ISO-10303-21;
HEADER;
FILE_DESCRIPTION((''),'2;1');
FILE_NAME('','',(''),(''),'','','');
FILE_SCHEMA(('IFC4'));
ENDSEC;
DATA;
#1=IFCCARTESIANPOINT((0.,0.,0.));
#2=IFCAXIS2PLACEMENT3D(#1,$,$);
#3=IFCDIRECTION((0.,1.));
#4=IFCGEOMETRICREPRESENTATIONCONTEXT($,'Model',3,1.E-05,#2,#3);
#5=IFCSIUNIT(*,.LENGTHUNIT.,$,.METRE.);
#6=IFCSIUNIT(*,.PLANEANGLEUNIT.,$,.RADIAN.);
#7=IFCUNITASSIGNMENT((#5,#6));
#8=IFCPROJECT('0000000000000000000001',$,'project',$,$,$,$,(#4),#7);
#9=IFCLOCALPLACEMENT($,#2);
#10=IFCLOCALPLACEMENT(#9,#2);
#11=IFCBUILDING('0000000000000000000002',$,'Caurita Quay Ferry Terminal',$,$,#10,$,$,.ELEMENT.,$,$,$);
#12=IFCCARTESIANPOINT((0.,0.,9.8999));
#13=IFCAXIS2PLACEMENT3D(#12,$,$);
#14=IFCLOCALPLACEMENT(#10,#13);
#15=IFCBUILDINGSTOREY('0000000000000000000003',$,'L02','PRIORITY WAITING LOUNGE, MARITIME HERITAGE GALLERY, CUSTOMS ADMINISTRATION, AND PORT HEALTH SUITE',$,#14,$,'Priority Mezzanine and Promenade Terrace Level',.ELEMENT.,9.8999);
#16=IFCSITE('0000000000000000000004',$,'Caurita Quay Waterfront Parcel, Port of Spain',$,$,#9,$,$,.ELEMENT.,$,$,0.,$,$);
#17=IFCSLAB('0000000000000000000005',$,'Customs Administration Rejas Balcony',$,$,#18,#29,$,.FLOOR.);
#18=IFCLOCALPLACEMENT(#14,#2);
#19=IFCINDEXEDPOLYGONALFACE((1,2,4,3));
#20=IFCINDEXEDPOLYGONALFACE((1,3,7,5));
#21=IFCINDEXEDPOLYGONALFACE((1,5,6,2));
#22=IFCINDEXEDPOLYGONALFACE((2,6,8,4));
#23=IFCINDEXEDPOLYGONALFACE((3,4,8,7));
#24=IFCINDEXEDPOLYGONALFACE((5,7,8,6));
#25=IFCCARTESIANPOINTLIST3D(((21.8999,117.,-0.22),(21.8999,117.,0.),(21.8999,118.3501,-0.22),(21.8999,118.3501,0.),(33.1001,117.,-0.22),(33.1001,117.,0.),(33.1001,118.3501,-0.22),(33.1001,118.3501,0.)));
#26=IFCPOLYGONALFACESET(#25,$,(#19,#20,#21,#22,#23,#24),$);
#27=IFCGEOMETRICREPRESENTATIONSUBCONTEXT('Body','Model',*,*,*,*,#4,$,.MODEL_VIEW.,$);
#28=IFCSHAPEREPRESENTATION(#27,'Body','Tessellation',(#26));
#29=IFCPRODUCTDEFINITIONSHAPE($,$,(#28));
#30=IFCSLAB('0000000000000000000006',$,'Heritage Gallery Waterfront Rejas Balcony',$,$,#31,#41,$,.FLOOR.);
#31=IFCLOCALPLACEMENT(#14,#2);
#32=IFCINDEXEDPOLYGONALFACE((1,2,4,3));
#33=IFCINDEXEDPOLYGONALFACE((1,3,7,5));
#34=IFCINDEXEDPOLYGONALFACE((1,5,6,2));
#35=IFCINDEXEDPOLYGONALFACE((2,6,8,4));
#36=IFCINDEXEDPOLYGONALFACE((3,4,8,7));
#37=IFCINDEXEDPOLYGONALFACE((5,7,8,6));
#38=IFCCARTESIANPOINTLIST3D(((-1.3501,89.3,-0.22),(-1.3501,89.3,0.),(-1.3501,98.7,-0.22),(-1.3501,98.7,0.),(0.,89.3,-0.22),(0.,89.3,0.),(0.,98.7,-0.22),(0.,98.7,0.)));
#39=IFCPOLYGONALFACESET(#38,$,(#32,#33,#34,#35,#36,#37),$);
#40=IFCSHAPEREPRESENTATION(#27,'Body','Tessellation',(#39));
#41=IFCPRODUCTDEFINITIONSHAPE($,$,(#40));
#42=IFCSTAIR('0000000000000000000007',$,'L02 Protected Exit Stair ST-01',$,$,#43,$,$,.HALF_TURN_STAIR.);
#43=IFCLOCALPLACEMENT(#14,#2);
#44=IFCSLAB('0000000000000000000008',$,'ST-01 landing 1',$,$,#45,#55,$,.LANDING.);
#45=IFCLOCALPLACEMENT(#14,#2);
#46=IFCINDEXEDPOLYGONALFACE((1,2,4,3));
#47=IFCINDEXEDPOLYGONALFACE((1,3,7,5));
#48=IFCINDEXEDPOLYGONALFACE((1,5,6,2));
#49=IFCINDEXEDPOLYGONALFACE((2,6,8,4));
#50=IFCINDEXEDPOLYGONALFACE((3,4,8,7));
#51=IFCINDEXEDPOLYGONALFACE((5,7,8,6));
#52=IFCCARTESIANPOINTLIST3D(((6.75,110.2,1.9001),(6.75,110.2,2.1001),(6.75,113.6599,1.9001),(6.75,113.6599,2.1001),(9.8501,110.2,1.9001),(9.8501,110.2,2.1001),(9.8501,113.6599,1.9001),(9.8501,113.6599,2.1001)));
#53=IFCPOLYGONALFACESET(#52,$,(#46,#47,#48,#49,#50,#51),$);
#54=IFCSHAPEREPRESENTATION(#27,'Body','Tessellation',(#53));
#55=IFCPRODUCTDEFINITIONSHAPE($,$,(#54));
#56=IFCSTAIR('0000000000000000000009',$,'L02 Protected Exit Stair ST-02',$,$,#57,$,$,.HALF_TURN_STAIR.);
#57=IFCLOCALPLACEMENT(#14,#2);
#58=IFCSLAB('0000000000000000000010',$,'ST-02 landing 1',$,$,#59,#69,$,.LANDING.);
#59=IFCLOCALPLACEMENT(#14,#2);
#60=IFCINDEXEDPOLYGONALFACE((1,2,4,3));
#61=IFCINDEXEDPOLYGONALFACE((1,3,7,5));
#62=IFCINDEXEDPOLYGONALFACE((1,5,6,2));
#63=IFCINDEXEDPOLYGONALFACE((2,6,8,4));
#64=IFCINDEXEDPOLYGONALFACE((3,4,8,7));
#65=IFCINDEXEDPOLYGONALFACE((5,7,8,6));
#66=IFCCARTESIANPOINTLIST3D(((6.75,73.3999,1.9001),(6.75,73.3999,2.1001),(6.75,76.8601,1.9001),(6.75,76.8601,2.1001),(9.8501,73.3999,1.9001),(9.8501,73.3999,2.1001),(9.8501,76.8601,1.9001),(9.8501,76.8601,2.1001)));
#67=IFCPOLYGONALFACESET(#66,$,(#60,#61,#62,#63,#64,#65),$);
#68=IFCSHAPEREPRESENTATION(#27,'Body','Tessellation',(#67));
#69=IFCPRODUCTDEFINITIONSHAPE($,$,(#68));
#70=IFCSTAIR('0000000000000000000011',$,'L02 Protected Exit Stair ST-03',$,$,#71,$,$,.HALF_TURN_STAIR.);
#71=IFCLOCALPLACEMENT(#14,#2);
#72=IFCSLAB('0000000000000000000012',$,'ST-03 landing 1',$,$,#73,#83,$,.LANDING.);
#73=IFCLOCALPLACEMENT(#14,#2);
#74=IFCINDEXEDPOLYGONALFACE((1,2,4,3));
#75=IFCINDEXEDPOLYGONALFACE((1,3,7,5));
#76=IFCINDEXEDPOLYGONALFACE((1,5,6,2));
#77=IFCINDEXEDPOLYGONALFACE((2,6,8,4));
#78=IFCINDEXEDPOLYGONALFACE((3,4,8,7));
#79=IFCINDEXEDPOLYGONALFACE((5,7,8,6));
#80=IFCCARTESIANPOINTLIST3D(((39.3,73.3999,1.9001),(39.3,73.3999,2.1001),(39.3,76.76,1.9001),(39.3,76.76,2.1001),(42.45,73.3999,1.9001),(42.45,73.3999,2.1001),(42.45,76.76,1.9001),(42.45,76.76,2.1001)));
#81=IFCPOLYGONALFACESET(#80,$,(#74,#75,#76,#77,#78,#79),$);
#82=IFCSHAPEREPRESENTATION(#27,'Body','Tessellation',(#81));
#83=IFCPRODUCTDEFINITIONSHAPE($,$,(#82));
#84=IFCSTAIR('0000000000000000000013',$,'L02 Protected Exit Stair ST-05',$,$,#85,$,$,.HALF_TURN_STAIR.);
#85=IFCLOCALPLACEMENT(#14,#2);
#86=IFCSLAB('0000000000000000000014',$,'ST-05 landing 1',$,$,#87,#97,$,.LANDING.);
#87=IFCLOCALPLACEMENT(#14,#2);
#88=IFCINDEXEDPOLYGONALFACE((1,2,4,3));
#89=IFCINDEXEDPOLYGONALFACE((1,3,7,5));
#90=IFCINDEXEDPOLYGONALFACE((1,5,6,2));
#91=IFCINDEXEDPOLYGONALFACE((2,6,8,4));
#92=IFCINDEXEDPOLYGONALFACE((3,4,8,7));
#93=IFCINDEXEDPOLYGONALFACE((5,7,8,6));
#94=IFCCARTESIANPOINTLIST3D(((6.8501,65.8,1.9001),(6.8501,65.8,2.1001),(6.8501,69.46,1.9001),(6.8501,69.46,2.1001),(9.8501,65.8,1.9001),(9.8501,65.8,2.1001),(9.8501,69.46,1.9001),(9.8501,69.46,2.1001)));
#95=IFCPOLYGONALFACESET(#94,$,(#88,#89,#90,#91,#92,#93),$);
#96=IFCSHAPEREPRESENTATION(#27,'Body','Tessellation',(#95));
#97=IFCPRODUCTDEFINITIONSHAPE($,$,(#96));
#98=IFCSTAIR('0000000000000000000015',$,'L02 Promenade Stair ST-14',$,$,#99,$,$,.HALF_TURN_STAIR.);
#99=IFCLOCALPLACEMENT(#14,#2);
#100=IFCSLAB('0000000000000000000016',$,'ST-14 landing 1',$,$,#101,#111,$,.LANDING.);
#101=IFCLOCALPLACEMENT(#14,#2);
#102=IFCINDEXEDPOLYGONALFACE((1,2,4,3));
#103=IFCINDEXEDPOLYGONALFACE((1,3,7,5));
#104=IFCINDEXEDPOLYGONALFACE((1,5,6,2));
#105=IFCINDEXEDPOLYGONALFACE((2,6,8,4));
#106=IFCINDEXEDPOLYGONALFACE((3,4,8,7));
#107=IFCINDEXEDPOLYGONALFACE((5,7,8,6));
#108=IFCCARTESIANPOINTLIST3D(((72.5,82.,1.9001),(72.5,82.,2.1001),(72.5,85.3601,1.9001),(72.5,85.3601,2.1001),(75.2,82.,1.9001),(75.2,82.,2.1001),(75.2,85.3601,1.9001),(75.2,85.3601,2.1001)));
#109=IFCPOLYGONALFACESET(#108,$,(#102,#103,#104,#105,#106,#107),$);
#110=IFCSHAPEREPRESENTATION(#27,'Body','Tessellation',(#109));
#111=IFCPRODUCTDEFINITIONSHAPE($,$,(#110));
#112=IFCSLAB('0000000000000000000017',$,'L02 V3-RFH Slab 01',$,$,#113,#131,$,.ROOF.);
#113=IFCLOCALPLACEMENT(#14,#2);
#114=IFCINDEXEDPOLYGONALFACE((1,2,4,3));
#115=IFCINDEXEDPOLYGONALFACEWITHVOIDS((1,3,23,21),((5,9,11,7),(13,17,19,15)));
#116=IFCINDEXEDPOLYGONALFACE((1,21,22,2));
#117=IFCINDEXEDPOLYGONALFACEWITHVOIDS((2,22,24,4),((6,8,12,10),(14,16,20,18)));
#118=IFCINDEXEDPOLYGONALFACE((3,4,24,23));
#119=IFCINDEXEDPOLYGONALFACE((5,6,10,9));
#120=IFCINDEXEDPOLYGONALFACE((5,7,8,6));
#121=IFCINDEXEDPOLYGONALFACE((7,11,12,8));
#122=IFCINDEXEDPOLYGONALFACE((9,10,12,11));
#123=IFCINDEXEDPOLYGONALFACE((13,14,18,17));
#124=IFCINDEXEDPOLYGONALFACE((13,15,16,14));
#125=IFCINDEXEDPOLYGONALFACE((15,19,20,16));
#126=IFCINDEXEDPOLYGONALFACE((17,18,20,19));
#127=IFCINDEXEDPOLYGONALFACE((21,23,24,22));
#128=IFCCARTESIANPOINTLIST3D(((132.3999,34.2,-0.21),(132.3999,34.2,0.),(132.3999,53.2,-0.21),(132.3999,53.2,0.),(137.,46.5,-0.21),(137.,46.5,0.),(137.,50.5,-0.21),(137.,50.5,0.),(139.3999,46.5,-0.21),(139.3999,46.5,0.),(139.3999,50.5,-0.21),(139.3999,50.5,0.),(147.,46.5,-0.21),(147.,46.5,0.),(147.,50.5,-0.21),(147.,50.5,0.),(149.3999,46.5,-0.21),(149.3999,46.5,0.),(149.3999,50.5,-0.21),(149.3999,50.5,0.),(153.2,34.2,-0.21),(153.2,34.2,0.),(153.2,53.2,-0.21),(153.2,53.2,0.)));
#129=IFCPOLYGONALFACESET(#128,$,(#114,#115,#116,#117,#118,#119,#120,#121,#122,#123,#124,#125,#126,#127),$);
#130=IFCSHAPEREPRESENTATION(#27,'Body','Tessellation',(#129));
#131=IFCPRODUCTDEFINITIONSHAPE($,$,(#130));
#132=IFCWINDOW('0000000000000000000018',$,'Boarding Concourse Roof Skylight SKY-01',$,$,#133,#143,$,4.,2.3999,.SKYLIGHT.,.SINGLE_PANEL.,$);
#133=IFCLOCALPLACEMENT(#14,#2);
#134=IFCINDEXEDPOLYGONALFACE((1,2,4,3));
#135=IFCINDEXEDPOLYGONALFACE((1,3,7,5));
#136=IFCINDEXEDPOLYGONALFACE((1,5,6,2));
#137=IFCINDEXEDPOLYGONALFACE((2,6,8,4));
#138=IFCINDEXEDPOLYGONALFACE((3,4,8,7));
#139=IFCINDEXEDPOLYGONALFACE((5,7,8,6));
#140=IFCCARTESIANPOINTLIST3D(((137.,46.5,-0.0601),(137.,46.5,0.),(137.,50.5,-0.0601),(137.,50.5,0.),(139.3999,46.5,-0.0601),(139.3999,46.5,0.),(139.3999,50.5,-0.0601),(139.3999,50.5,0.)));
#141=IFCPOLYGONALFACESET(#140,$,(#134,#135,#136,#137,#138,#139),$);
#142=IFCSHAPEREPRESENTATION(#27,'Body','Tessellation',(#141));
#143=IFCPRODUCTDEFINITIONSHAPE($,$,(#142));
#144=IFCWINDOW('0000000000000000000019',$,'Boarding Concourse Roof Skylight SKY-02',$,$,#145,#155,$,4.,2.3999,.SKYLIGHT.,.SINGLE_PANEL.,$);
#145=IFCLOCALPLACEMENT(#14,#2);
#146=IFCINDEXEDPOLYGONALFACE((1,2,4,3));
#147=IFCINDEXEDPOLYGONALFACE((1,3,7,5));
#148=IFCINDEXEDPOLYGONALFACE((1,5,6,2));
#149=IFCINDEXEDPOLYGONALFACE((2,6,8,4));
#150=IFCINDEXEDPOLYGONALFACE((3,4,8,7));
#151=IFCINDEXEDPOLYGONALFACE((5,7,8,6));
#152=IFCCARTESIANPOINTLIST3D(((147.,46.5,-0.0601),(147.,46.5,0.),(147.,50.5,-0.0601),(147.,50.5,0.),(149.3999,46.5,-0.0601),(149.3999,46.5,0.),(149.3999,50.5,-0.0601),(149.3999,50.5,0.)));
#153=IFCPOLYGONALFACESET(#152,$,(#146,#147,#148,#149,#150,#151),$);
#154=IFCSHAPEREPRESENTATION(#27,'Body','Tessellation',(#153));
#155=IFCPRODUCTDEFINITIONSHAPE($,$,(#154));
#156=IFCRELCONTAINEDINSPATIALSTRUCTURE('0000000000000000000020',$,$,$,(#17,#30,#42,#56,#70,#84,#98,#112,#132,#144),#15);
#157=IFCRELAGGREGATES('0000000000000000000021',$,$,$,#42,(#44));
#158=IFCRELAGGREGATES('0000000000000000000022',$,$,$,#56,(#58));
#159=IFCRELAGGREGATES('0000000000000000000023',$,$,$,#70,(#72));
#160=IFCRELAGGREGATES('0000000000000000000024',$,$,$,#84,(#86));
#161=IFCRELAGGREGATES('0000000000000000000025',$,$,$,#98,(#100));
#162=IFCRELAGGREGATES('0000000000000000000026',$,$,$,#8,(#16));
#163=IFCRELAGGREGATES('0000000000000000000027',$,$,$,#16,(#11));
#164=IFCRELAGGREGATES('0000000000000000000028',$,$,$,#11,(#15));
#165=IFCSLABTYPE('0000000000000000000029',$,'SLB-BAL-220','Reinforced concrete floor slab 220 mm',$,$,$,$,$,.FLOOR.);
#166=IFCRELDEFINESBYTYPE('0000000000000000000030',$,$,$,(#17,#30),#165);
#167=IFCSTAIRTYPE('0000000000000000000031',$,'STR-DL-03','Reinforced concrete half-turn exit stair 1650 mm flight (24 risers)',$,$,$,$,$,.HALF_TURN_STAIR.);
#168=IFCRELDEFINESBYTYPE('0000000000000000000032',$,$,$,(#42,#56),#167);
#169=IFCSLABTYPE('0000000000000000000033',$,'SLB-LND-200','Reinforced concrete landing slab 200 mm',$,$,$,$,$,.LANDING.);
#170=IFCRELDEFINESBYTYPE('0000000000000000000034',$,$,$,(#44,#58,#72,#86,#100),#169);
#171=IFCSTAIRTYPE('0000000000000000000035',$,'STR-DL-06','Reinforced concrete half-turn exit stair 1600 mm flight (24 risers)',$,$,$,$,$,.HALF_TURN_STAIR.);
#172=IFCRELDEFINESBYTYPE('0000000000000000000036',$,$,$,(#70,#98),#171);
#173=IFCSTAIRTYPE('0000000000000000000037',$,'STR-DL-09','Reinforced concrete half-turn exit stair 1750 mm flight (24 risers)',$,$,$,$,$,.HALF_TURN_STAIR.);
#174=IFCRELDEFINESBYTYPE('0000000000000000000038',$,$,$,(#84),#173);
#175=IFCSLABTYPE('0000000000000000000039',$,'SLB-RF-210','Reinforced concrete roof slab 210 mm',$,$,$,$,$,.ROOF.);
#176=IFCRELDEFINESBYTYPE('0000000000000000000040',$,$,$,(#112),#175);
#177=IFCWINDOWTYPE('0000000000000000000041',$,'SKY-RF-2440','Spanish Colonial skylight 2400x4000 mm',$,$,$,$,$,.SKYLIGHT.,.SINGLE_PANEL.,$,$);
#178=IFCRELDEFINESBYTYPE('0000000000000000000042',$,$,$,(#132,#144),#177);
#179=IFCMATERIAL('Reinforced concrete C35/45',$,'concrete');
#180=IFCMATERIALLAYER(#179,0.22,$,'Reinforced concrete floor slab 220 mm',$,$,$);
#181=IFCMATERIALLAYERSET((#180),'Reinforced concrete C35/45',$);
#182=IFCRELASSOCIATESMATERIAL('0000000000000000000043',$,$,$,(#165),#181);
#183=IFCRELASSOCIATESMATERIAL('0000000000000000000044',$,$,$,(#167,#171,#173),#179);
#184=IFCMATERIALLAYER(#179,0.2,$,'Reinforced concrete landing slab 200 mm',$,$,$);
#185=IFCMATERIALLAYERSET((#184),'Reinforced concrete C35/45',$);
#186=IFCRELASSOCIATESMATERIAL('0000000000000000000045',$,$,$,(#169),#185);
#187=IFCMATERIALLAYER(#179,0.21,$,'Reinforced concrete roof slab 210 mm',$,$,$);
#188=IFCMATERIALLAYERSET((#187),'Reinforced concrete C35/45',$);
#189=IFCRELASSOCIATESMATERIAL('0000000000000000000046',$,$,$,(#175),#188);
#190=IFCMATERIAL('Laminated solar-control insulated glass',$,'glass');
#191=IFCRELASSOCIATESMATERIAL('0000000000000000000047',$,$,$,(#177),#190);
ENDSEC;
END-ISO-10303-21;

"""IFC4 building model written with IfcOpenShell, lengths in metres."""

from ifc_helpers import new_model, si_unit, direction, frame, origin, origin_2d, place, context, subcontext, project, spatial, polyline, rectangle, outline, extrude, material, layer, layer_set, type_object, element, fill, aggregate, save


model = new_model("IFC4")

# Units and contexts
model_context = context("Model", 3, precision=1e-05, world=origin(), true_north=direction((0.0, 1.0)))
body_context = subcontext(model_context, "Body", "Model", "MODEL_VIEW")
ifc_project = project(units=[si_unit("LENGTHUNIT", "METRE"), si_unit("PLANEANGLEUNIT", "RADIAN")], contexts=[model_context])

# Site, building, storey
site_placement = place(None, origin())
site = spatial("IfcSite", under=ifc_project, at=site_placement, Name="Caurita Quay Waterfront Parcel, Port of Spain", CompositionType="ELEMENT", RefElevation=0.0)
building_placement = place(site_placement, origin())
building = spatial("IfcBuilding", under=site, at=building_placement, Name="Caurita Quay Ferry Terminal", CompositionType="ELEMENT")
storey_placement = place(building_placement, frame((0.0, 0.0, 9.8999)))
storey = spatial("IfcBuildingStorey", under=building, at=storey_placement, Name="L02", Description="PRIORITY WAITING LOUNGE, MARITIME HERITAGE GALLERY, CUSTOMS ADMINISTRATION, AND PORT HEALTH SUITE", LongName="Priority Mezzanine and Promenade Terrace Level", CompositionType="ELEMENT", Elevation=9.8999)

# Slabs
ifc_material_1 = material(Name="Reinforced concrete C35/45", Category="concrete")
ifc_layer_1 = layer(ifc_material_1, 0.22, Name="Reinforced concrete floor slab 220 mm")
ifc_layer_set_1 = layer_set([ifc_layer_1], Name="Reinforced concrete C35/45")
slab_type_1 = type_object("IfcSlabType", Name="SLB-BAL-220", Description="Reinforced concrete floor slab 220 mm", PredefinedType="FLOOR", material=ifc_layer_set_1)
slab_1_placement = place(storey_placement, frame((0.0, 0.0, -0.22)))
element("IfcSlab", 1, at=slab_1_placement, inside=storey, type_object=slab_type_1, Name="Customs Administration Rejas Balcony", PredefinedType="FLOOR", context=body_context, shape_type="SweptSolid", body=[
    extrude(outline(polyline([(21.8999, 117.0), (33.1001, 117.0), (33.1001, 118.3501), (21.8999, 118.3501), (21.8999, 117.0)])), origin(), (0.0, 0.0, 1.0), 0.22),
])
slab_2_placement = place(storey_placement, frame((0.0, 0.0, -0.22)))
element("IfcSlab", 2, at=slab_2_placement, inside=storey, type_object=slab_type_1, Name="Heritage Gallery Waterfront Rejas Balcony", PredefinedType="FLOOR", context=body_context, shape_type="SweptSolid", body=[
    extrude(outline(polyline([(-1.3501, 89.3), (0.0, 89.3), (0.0, 98.7), (-1.3501, 98.7), (-1.3501, 89.3)])), origin(), (0.0, 0.0, 1.0), 0.22),
])

# Stairs, slabs
stair_type_1 = type_object("IfcStairType", Name="STR-DL-03", Description="Reinforced concrete half-turn exit stair 1650 mm flight (24 risers)", PredefinedType="HALF_TURN_STAIR", material=ifc_material_1)
stair_1_placement = place(storey_placement, origin())
stair_1 = element("IfcStair", 3, at=stair_1_placement, inside=storey, type_object=stair_type_1, Name="L02 Protected Exit Stair ST-01", PredefinedType="HALF_TURN_STAIR")
ifc_layer_2 = layer(ifc_material_1, 0.2, Name="Reinforced concrete landing slab 200 mm")
ifc_layer_set_2 = layer_set([ifc_layer_2], Name="Reinforced concrete C35/45")
slab_type_2 = type_object("IfcSlabType", Name="SLB-LND-200", Description="Reinforced concrete landing slab 200 mm", PredefinedType="LANDING", material=ifc_layer_set_2)
slab_3_placement = place(storey_placement, frame((0.0, 0.0, 1.9001)))
slab_3 = element("IfcSlab", 4, at=slab_3_placement, type_object=slab_type_2, Name="ST-01 landing 1", PredefinedType="LANDING", context=body_context, shape_type="SweptSolid", body=[
    extrude(outline(polyline([(6.75, 110.2), (9.8501, 110.2), (9.8501, 113.6599), (6.75, 113.6599), (6.75, 110.2)])), origin(), (0.0, 0.0, 1.0), 0.2),
])
aggregate(stair_1, [slab_3])
stair_2_placement = place(storey_placement, origin())
stair_2 = element("IfcStair", 5, at=stair_2_placement, inside=storey, type_object=stair_type_1, Name="L02 Protected Exit Stair ST-02", PredefinedType="HALF_TURN_STAIR")
slab_4_placement = place(storey_placement, frame((0.0, 0.0, 1.9001)))
slab_4 = element("IfcSlab", 6, at=slab_4_placement, type_object=slab_type_2, Name="ST-02 landing 1", PredefinedType="LANDING", context=body_context, shape_type="SweptSolid", body=[
    extrude(outline(polyline([(6.75, 73.3999), (9.8501, 73.3999), (9.8501, 76.8601), (6.75, 76.8601), (6.75, 73.3999)])), origin(), (0.0, 0.0, 1.0), 0.2),
])
aggregate(stair_2, [slab_4])
stair_type_2 = type_object("IfcStairType", Name="STR-DL-06", Description="Reinforced concrete half-turn exit stair 1600 mm flight (24 risers)", PredefinedType="HALF_TURN_STAIR", material=ifc_material_1)
stair_3_placement = place(storey_placement, origin())
stair_3 = element("IfcStair", 7, at=stair_3_placement, inside=storey, type_object=stair_type_2, Name="L02 Protected Exit Stair ST-03", PredefinedType="HALF_TURN_STAIR")
slab_5_placement = place(storey_placement, frame((0.0, 0.0, 1.9001)))
slab_5 = element("IfcSlab", 8, at=slab_5_placement, type_object=slab_type_2, Name="ST-03 landing 1", PredefinedType="LANDING", context=body_context, shape_type="SweptSolid", body=[
    extrude(outline(polyline([(39.3, 73.3999), (42.45, 73.3999), (42.45, 76.76), (39.3, 76.76), (39.3, 73.3999)])), origin(), (0.0, 0.0, 1.0), 0.2),
])
aggregate(stair_3, [slab_5])
stair_type_3 = type_object("IfcStairType", Name="STR-DL-09", Description="Reinforced concrete half-turn exit stair 1750 mm flight (24 risers)", PredefinedType="HALF_TURN_STAIR", material=ifc_material_1)
stair_4_placement = place(storey_placement, origin())
stair_4 = element("IfcStair", 9, at=stair_4_placement, inside=storey, type_object=stair_type_3, Name="L02 Protected Exit Stair ST-05", PredefinedType="HALF_TURN_STAIR")
slab_6_placement = place(storey_placement, frame((0.0, 0.0, 1.9001)))
slab_6 = element("IfcSlab", 10, at=slab_6_placement, type_object=slab_type_2, Name="ST-05 landing 1", PredefinedType="LANDING", context=body_context, shape_type="SweptSolid", body=[
    extrude(outline(polyline([(6.8501, 65.8), (9.8501, 65.8), (9.8501, 69.46), (6.8501, 69.46), (6.8501, 65.8)])), origin(), (0.0, 0.0, 1.0), 0.2),
])
aggregate(stair_4, [slab_6])
stair_5_placement = place(storey_placement, origin())
stair_5 = element("IfcStair", 11, at=stair_5_placement, inside=storey, type_object=stair_type_2, Name="L02 Promenade Stair ST-14", PredefinedType="HALF_TURN_STAIR")
slab_7_placement = place(storey_placement, frame((0.0, 0.0, 1.9001)))
slab_7 = element("IfcSlab", 12, at=slab_7_placement, type_object=slab_type_2, Name="ST-14 landing 1", PredefinedType="LANDING", context=body_context, shape_type="SweptSolid", body=[
    extrude(outline(polyline([(72.5, 82.0), (75.2, 82.0), (75.2, 85.3601), (72.5, 85.3601), (72.5, 82.0)])), origin(), (0.0, 0.0, 1.0), 0.2),
])
aggregate(stair_5, [slab_7])

# Slab, openings, windows
ifc_layer_3 = layer(ifc_material_1, 0.21, Name="Reinforced concrete roof slab 210 mm")
ifc_layer_set_3 = layer_set([ifc_layer_3], Name="Reinforced concrete C35/45")
slab_type_3 = type_object("IfcSlabType", Name="SLB-RF-210", Description="Reinforced concrete roof slab 210 mm", PredefinedType="ROOF", material=ifc_layer_set_3)
slab_8_placement = place(storey_placement, frame((0.0, 0.0, -0.21)))
slab_8 = element("IfcSlab", 13, at=slab_8_placement, inside=storey, type_object=slab_type_3, Name="L02 V3-RFH Slab 01", PredefinedType="ROOF", context=body_context, shape_type="SweptSolid", body=[
    extrude(outline(polyline([(132.3999, 34.2), (153.2, 34.2), (153.2, 53.2), (132.3999, 53.2), (132.3999, 34.2)])), origin(), (0.0, 0.0, 1.0), 0.21),
])
opening_1_placement = place(slab_8_placement, frame((138.2, 48.5, -0.01)))
opening_1 = element("IfcOpeningElement", 14, at=opening_1_placement, cuts=slab_8, PredefinedType="OPENING", context=body_context, shape_type="SweptSolid", body=[
    extrude(rectangle(XDim=2.3999, YDim=4.0, at=origin_2d()), origin(), (0.0, 0.0, 1.0), 0.23),
])
opening_2_placement = place(slab_8_placement, frame((148.2, 48.5, -0.01)))
opening_2 = element("IfcOpeningElement", 15, at=opening_2_placement, cuts=slab_8, PredefinedType="OPENING", context=body_context, shape_type="SweptSolid", body=[
    extrude(rectangle(XDim=2.3999, YDim=4.0, at=origin_2d()), origin(), (0.0, 0.0, 1.0), 0.23),
])
ifc_material_2 = material(Name="Laminated solar-control insulated glass", Category="glass")
window_type_1 = type_object("IfcWindowType", Name="SKY-RF-2440", Description="Spanish Colonial skylight 2400x4000 mm", PartitioningType="SINGLE_PANEL", PredefinedType="SKYLIGHT", material=ifc_material_2)
window_1_placement = place(slab_8_placement, frame((138.2, 48.5, 0.1499)))
window_1 = element("IfcWindow", 16, at=window_1_placement, inside=storey, type_object=window_type_1, Name="Boarding Concourse Roof Skylight SKY-01", OverallHeight=4.0, OverallWidth=2.3999, PartitioningType="SINGLE_PANEL", PredefinedType="SKYLIGHT", context=body_context, shape_type="SweptSolid", body=[
    extrude(rectangle(XDim=2.3999, YDim=4.0, at=origin_2d()), origin(), (0.0, 0.0, 1.0), 0.0601),
])
fill(opening_1, window_1)
window_2_placement = place(slab_8_placement, frame((148.2, 48.5, 0.1499)))
window_2 = element("IfcWindow", 17, at=window_2_placement, inside=storey, type_object=window_type_1, Name="Boarding Concourse Roof Skylight SKY-02", OverallHeight=4.0, OverallWidth=2.3999, PartitioningType="SINGLE_PANEL", PredefinedType="SKYLIGHT", context=body_context, shape_type="SweptSolid", body=[
    extrude(rectangle(XDim=2.3999, YDim=4.0, at=origin_2d()), origin(), (0.0, 0.0, 1.0), 0.0601),
])
fill(opening_2, window_2)

save(model, "model.ifc")
